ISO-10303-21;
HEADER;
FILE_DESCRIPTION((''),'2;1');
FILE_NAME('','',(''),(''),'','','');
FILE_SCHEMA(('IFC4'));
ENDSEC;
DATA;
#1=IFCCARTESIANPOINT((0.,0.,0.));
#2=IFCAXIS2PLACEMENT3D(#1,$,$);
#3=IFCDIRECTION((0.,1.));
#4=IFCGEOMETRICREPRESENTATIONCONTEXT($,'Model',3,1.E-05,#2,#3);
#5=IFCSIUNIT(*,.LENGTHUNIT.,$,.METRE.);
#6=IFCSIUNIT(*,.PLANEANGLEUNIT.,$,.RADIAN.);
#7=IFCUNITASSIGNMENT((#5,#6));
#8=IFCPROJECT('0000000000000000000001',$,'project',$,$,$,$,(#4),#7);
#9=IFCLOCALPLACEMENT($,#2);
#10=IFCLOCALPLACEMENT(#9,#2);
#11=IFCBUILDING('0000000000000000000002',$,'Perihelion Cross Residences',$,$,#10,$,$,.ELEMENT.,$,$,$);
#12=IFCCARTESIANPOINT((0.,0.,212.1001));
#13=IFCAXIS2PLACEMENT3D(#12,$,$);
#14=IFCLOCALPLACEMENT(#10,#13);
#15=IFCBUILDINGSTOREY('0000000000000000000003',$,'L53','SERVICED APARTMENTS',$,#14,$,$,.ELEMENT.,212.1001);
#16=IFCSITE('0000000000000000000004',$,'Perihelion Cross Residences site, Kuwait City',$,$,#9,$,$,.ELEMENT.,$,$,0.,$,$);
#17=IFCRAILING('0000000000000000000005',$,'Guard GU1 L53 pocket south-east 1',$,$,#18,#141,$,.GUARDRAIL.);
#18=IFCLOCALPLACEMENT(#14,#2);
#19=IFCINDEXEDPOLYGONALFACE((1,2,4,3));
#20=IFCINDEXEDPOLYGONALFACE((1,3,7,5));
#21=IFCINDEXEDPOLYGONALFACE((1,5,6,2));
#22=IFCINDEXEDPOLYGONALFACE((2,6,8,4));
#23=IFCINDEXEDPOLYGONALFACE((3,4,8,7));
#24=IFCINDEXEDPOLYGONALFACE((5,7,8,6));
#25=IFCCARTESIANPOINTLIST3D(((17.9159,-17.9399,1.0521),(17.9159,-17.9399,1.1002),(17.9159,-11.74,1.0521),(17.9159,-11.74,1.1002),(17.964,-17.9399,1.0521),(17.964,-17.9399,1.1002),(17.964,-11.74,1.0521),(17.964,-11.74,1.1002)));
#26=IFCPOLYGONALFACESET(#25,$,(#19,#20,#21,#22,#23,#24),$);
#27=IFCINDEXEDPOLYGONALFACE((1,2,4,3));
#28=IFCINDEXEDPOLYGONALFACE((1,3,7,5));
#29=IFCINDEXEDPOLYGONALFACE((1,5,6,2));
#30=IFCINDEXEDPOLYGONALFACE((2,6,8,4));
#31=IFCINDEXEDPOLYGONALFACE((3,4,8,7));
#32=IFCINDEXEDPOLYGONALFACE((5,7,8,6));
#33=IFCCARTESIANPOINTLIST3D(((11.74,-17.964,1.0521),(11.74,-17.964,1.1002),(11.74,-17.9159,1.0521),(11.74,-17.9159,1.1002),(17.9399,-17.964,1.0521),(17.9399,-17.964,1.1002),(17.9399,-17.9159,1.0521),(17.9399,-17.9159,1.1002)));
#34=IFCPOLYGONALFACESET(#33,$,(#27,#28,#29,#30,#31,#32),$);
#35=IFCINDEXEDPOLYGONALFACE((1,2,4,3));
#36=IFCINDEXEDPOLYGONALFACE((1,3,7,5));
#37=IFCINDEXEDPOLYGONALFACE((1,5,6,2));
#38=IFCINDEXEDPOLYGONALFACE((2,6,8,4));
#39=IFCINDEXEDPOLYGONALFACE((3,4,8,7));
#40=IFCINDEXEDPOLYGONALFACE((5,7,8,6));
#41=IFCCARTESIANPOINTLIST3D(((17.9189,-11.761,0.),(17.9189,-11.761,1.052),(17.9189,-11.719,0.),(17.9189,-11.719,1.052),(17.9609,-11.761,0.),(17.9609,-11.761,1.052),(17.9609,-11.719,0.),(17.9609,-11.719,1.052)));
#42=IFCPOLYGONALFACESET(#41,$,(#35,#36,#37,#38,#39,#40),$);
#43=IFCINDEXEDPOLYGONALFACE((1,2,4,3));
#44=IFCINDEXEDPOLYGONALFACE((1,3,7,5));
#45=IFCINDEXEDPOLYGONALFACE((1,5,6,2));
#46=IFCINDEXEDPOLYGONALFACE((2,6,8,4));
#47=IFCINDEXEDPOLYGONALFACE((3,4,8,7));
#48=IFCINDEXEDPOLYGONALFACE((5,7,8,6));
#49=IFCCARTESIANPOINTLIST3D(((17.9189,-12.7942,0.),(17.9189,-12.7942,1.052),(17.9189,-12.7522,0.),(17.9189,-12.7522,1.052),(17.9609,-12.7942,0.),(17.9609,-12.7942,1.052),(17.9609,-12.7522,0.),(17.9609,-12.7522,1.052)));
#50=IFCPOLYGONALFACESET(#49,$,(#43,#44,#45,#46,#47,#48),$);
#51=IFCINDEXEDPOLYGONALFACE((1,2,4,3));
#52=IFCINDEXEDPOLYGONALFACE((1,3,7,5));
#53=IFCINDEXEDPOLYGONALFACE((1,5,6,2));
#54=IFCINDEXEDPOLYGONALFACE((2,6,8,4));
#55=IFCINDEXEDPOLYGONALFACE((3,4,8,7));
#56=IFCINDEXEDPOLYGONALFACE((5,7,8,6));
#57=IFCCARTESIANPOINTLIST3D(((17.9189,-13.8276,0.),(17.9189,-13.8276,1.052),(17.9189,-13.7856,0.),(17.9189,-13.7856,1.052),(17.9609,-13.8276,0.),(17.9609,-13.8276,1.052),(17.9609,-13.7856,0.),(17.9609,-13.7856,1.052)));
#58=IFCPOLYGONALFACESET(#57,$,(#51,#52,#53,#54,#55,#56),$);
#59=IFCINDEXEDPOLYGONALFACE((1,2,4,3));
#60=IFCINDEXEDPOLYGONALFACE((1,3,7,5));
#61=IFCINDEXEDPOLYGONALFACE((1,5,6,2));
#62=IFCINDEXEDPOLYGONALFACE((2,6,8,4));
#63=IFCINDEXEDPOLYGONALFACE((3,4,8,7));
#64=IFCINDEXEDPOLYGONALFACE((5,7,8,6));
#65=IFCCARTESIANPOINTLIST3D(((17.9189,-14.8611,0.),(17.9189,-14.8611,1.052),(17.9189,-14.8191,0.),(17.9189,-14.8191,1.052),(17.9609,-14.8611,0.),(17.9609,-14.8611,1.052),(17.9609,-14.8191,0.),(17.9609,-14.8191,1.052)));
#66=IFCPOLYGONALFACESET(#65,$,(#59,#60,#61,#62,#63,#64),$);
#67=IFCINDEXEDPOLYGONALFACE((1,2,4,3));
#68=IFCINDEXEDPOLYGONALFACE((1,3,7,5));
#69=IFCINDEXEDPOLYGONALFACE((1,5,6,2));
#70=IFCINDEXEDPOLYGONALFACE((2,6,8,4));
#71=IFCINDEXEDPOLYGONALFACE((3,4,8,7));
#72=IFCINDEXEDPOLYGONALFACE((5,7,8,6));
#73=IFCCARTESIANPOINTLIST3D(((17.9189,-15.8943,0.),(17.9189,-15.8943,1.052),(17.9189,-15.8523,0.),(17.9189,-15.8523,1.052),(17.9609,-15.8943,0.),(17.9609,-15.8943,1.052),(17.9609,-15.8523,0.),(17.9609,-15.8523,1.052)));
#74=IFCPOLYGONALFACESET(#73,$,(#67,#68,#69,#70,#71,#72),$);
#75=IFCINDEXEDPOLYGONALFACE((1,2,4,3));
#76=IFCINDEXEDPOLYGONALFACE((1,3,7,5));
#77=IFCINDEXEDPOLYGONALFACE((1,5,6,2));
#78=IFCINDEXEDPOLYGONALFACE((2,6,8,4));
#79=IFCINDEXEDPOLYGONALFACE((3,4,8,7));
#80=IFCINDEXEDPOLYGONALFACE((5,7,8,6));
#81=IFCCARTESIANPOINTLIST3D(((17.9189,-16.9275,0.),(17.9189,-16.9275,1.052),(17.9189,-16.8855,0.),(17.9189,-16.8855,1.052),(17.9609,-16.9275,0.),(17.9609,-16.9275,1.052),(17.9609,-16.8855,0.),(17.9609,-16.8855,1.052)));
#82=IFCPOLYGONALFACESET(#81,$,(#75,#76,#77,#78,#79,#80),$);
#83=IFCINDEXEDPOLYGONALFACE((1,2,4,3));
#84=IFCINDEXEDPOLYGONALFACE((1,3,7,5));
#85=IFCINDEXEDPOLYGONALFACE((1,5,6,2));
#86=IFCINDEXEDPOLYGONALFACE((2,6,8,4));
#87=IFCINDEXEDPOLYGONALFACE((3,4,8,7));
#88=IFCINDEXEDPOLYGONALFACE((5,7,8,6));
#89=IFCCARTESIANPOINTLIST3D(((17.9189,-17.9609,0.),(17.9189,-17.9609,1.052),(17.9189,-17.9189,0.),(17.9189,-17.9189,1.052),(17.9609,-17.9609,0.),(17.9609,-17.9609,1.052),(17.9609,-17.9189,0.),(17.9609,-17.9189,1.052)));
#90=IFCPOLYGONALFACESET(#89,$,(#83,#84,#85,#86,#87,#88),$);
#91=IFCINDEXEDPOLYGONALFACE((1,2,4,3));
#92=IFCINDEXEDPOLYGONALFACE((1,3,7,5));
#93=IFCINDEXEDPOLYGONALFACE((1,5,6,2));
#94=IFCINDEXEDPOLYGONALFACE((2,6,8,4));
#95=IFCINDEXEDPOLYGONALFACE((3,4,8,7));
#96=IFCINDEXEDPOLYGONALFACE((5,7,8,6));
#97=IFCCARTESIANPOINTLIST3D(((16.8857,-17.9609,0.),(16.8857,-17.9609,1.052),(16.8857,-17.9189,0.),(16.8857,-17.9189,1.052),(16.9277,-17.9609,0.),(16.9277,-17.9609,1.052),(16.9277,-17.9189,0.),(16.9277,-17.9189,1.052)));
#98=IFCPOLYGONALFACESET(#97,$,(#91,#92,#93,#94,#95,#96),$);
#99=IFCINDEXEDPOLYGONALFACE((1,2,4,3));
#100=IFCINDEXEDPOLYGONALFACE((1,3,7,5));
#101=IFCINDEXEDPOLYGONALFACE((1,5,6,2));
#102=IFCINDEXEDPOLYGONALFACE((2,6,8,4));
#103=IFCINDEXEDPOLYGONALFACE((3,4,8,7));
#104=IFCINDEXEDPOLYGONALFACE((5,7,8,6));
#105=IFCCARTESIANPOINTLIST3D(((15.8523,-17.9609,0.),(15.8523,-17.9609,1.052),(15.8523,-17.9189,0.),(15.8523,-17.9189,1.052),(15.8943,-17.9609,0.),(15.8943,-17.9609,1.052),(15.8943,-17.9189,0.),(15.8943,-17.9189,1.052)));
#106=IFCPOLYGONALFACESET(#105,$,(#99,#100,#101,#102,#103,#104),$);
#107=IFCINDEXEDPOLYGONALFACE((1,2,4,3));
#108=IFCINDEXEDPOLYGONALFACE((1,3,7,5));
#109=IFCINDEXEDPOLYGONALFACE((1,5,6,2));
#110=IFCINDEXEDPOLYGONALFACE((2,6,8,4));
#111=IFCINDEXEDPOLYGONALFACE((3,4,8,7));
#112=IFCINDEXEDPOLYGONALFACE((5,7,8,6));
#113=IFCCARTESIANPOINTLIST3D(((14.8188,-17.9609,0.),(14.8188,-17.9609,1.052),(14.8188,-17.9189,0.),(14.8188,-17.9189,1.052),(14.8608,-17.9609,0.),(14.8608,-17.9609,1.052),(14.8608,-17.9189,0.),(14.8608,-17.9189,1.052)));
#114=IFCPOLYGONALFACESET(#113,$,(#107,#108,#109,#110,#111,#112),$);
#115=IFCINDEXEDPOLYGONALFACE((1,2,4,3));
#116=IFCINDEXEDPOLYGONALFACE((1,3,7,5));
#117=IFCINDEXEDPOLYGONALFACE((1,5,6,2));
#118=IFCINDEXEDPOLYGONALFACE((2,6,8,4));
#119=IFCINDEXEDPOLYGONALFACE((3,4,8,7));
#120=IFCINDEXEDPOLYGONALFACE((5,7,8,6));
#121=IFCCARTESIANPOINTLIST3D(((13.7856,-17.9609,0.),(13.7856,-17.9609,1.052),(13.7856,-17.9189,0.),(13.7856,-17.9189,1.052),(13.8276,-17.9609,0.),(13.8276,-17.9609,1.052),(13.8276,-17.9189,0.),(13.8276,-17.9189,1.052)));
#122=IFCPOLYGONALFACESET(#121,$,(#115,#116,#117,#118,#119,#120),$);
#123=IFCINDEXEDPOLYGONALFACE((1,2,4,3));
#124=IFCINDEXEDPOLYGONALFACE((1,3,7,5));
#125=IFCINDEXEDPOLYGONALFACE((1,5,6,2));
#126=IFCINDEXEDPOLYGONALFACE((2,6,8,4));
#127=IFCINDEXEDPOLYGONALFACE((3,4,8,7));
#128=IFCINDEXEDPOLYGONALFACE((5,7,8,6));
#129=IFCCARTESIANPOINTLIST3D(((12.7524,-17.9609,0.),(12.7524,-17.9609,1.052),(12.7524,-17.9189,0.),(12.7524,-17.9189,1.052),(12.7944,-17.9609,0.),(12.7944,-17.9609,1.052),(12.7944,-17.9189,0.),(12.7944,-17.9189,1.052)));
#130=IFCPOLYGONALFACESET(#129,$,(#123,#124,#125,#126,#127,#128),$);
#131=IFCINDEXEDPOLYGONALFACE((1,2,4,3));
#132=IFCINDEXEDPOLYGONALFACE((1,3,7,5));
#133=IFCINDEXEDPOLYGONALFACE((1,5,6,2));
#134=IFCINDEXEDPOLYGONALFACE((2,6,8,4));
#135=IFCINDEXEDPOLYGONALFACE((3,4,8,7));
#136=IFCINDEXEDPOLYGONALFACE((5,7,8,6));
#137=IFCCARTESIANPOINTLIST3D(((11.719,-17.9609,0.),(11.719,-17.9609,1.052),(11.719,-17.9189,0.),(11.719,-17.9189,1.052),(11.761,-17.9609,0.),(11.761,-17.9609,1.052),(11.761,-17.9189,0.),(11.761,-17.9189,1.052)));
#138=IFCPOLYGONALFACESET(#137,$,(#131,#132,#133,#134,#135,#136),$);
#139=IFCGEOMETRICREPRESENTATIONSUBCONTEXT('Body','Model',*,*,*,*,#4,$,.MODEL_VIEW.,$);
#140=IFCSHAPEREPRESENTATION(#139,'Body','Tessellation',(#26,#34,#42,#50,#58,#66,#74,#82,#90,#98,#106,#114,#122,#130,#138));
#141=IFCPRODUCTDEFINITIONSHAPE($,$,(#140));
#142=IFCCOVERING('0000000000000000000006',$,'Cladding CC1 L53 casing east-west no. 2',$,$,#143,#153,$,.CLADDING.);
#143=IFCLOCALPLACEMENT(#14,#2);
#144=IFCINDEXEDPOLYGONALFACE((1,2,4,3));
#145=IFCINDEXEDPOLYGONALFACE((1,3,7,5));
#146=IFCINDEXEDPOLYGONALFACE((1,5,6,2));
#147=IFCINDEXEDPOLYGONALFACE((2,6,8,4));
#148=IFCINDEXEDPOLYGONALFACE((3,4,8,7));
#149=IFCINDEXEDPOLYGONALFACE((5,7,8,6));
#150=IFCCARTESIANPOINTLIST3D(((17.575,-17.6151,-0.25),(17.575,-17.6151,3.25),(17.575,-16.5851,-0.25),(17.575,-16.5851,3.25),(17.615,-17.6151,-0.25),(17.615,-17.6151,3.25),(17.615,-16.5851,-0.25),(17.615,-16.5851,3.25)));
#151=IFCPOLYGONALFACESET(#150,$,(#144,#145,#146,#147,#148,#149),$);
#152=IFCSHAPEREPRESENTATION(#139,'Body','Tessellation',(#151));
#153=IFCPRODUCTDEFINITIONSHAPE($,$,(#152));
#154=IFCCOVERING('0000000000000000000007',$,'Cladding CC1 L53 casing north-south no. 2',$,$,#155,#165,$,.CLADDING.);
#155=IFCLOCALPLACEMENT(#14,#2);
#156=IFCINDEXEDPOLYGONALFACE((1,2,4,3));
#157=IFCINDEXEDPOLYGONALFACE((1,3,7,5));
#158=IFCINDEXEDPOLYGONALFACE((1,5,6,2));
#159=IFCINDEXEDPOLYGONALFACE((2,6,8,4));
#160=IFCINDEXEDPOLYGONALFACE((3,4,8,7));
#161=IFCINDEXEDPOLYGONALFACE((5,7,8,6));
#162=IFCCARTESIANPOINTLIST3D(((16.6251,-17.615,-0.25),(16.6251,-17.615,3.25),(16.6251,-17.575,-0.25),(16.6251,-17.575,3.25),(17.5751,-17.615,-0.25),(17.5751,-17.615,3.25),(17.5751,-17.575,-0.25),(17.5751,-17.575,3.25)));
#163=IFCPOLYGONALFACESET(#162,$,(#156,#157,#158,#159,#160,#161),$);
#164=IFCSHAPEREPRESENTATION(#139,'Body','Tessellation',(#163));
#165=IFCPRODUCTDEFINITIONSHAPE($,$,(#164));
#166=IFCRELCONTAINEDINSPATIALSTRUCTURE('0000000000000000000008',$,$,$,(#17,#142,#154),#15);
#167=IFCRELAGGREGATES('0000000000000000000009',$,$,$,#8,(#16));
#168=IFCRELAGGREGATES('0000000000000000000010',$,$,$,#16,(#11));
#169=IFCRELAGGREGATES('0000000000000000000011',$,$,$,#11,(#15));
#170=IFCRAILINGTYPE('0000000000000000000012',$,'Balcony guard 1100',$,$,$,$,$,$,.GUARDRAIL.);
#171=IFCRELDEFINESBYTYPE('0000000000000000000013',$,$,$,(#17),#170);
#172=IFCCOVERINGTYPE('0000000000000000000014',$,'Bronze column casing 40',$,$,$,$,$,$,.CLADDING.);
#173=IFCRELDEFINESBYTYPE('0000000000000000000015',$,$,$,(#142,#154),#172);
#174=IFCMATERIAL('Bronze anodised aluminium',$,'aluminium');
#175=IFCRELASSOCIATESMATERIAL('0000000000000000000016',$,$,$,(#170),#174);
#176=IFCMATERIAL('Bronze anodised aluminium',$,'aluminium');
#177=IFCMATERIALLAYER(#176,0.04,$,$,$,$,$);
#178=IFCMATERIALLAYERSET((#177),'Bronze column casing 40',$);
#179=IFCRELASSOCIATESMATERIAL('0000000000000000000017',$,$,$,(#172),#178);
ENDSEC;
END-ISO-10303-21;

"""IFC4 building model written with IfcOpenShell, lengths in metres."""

from ifc_helpers import new_model, si_unit, direction, frame, origin, origin_2d, place, context, subcontext, project, spatial, rectangle, extrude, material, layer, layer_set, type_object, element, save


model = new_model("IFC4")

# Units and contexts
model_context = context("Model", 3, precision=1e-05, world=origin(), true_north=direction((0.0, 1.0)))
body_context = subcontext(model_context, "Body", "Model", "MODEL_VIEW")
ifc_project = project(units=[si_unit("LENGTHUNIT", "METRE"), si_unit("PLANEANGLEUNIT", "RADIAN")], contexts=[model_context])

# Site, building, storey
site_placement = place(None, origin())
site = spatial("IfcSite", under=ifc_project, at=site_placement, Name="Perihelion Cross Residences site, Kuwait City", CompositionType="ELEMENT", RefElevation=0.0)
building_placement = place(site_placement, origin())
building = spatial("IfcBuilding", under=site, at=building_placement, Name="Perihelion Cross Residences", CompositionType="ELEMENT")
storey_placement = place(building_placement, frame((0.0, 0.0, 212.1001)))
storey = spatial("IfcBuildingStorey", under=building, at=storey_placement, Name="L53", Description="SERVICED APARTMENTS", CompositionType="ELEMENT", Elevation=212.1001)

# Railing
ifc_material_1 = material(Name="Bronze anodised aluminium", Category="aluminium")
railing_type = type_object("IfcRailingType", Name="Balcony guard 1100", PredefinedType="GUARDRAIL", material=ifc_material_1)
railing_1_placement = place(storey_placement, frame((17.9399, -11.74, 0.0)))
element("IfcRailing", 1, at=railing_1_placement, inside=storey, type_object=railing_type, Name="Guard GU1 L53 pocket south-east 1", PredefinedType="GUARDRAIL", context=body_context, shape_type="SweptSolid", body=[
    extrude(rectangle(XDim=0.0481, YDim=0.0481, at=origin_2d()), frame((0.0, 0.0, 1.0762), z_axis=(0.0, -1.0, 0.0), x_axis=(1.0, 0.0, 0.0)), (0.0, 0.0, 1.0), 6.2),
    extrude(rectangle(XDim=0.0481, YDim=0.0481, at=origin_2d()), frame((0.0, -6.2, 1.0762), z_axis=(-1.0, 0.0, 0.0), x_axis=(0.0, -1.0, 0.0)), (0.0, 0.0, 1.0), 6.2),
    extrude(rectangle(XDim=0.042, YDim=0.042, at=origin_2d()), origin(), (0.0, 0.0, 1.0), 1.052),
    extrude(rectangle(XDim=0.042, YDim=0.042, at=origin_2d()), frame((0.0, -1.0332, 0.0)), (0.0, 0.0, 1.0), 1.052),
    extrude(rectangle(XDim=0.042, YDim=0.042, at=origin_2d()), frame((0.0, -2.0667, 0.0)), (0.0, 0.0, 1.0), 1.052),
    extrude(rectangle(XDim=0.042, YDim=0.042, at=origin_2d()), frame((0.0, -3.1001, 0.0)), (0.0, 0.0, 1.0), 1.052),
    extrude(rectangle(XDim=0.042, YDim=0.042, at=origin_2d()), frame((0.0, -4.1333, 0.0)), (0.0, 0.0, 1.0), 1.052),
    extrude(rectangle(XDim=0.042, YDim=0.042, at=origin_2d()), frame((0.0, -5.1665, 0.0)), (0.0, 0.0, 1.0), 1.052),
    extrude(rectangle(XDim=0.042, YDim=0.042, at=origin_2d()), frame((0.0, -6.2, 0.0)), (0.0, 0.0, 1.0), 1.052),
    extrude(rectangle(XDim=0.042, YDim=0.042, at=origin_2d()), frame((-1.0332, -6.2, 0.0)), (0.0, 0.0, 1.0), 1.052),
    extrude(rectangle(XDim=0.042, YDim=0.042, at=origin_2d()), frame((-2.0667, -6.2, 0.0)), (0.0, 0.0, 1.0), 1.052),
    extrude(rectangle(XDim=0.042, YDim=0.042, at=origin_2d()), frame((-3.1001, -6.2, 0.0)), (0.0, 0.0, 1.0), 1.052),
    extrude(rectangle(XDim=0.042, YDim=0.042, at=origin_2d()), frame((-4.1333, -6.2, 0.0)), (0.0, 0.0, 1.0), 1.052),
    extrude(rectangle(XDim=0.042, YDim=0.042, at=origin_2d()), frame((-5.1665, -6.2, 0.0)), (0.0, 0.0, 1.0), 1.052),
    extrude(rectangle(XDim=0.042, YDim=0.042, at=origin_2d()), frame((-6.2, -6.2, 0.0)), (0.0, 0.0, 1.0), 1.052),
])

# Coverings
ifc_material_2 = material(Name="Bronze anodised aluminium", Category="aluminium")
ifc_layer_1 = layer(ifc_material_2, 0.04)
ifc_layer_set_1 = layer_set([ifc_layer_1], Name="Bronze column casing 40")
covering_type = type_object("IfcCoveringType", Name="Bronze column casing 40", PredefinedType="CLADDING", material=ifc_layer_set_1)
covering_1_placement = place(storey_placement, frame((17.595, -17.1001, -0.25), z_axis=(0.0, 0.0, 1.0), x_axis=(1.0, 0.0, 0.0)))
element("IfcCovering", 2, at=covering_1_placement, inside=storey, type_object=covering_type, Name="Cladding CC1 L53 casing east-west no. 2", PredefinedType="CLADDING", context=body_context, shape_type="SweptSolid", body=[
    extrude(rectangle(XDim=0.04, YDim=1.03, at=origin_2d()), origin(), (0.0, 0.0, 1.0), 3.5),
])
covering_2_placement = place(storey_placement, frame((17.1001, -17.595, -0.25), z_axis=(0.0, 0.0, 1.0), x_axis=(1.0, 0.0, 0.0)))
element("IfcCovering", 3, at=covering_2_placement, inside=storey, type_object=covering_type, Name="Cladding CC1 L53 casing north-south no. 2", PredefinedType="CLADDING", context=body_context, shape_type="SweptSolid", body=[
    extrude(rectangle(XDim=0.95, YDim=0.04, at=origin_2d()), origin(), (0.0, 0.0, 1.0), 3.5),
])

save(model, "model.ifc")
